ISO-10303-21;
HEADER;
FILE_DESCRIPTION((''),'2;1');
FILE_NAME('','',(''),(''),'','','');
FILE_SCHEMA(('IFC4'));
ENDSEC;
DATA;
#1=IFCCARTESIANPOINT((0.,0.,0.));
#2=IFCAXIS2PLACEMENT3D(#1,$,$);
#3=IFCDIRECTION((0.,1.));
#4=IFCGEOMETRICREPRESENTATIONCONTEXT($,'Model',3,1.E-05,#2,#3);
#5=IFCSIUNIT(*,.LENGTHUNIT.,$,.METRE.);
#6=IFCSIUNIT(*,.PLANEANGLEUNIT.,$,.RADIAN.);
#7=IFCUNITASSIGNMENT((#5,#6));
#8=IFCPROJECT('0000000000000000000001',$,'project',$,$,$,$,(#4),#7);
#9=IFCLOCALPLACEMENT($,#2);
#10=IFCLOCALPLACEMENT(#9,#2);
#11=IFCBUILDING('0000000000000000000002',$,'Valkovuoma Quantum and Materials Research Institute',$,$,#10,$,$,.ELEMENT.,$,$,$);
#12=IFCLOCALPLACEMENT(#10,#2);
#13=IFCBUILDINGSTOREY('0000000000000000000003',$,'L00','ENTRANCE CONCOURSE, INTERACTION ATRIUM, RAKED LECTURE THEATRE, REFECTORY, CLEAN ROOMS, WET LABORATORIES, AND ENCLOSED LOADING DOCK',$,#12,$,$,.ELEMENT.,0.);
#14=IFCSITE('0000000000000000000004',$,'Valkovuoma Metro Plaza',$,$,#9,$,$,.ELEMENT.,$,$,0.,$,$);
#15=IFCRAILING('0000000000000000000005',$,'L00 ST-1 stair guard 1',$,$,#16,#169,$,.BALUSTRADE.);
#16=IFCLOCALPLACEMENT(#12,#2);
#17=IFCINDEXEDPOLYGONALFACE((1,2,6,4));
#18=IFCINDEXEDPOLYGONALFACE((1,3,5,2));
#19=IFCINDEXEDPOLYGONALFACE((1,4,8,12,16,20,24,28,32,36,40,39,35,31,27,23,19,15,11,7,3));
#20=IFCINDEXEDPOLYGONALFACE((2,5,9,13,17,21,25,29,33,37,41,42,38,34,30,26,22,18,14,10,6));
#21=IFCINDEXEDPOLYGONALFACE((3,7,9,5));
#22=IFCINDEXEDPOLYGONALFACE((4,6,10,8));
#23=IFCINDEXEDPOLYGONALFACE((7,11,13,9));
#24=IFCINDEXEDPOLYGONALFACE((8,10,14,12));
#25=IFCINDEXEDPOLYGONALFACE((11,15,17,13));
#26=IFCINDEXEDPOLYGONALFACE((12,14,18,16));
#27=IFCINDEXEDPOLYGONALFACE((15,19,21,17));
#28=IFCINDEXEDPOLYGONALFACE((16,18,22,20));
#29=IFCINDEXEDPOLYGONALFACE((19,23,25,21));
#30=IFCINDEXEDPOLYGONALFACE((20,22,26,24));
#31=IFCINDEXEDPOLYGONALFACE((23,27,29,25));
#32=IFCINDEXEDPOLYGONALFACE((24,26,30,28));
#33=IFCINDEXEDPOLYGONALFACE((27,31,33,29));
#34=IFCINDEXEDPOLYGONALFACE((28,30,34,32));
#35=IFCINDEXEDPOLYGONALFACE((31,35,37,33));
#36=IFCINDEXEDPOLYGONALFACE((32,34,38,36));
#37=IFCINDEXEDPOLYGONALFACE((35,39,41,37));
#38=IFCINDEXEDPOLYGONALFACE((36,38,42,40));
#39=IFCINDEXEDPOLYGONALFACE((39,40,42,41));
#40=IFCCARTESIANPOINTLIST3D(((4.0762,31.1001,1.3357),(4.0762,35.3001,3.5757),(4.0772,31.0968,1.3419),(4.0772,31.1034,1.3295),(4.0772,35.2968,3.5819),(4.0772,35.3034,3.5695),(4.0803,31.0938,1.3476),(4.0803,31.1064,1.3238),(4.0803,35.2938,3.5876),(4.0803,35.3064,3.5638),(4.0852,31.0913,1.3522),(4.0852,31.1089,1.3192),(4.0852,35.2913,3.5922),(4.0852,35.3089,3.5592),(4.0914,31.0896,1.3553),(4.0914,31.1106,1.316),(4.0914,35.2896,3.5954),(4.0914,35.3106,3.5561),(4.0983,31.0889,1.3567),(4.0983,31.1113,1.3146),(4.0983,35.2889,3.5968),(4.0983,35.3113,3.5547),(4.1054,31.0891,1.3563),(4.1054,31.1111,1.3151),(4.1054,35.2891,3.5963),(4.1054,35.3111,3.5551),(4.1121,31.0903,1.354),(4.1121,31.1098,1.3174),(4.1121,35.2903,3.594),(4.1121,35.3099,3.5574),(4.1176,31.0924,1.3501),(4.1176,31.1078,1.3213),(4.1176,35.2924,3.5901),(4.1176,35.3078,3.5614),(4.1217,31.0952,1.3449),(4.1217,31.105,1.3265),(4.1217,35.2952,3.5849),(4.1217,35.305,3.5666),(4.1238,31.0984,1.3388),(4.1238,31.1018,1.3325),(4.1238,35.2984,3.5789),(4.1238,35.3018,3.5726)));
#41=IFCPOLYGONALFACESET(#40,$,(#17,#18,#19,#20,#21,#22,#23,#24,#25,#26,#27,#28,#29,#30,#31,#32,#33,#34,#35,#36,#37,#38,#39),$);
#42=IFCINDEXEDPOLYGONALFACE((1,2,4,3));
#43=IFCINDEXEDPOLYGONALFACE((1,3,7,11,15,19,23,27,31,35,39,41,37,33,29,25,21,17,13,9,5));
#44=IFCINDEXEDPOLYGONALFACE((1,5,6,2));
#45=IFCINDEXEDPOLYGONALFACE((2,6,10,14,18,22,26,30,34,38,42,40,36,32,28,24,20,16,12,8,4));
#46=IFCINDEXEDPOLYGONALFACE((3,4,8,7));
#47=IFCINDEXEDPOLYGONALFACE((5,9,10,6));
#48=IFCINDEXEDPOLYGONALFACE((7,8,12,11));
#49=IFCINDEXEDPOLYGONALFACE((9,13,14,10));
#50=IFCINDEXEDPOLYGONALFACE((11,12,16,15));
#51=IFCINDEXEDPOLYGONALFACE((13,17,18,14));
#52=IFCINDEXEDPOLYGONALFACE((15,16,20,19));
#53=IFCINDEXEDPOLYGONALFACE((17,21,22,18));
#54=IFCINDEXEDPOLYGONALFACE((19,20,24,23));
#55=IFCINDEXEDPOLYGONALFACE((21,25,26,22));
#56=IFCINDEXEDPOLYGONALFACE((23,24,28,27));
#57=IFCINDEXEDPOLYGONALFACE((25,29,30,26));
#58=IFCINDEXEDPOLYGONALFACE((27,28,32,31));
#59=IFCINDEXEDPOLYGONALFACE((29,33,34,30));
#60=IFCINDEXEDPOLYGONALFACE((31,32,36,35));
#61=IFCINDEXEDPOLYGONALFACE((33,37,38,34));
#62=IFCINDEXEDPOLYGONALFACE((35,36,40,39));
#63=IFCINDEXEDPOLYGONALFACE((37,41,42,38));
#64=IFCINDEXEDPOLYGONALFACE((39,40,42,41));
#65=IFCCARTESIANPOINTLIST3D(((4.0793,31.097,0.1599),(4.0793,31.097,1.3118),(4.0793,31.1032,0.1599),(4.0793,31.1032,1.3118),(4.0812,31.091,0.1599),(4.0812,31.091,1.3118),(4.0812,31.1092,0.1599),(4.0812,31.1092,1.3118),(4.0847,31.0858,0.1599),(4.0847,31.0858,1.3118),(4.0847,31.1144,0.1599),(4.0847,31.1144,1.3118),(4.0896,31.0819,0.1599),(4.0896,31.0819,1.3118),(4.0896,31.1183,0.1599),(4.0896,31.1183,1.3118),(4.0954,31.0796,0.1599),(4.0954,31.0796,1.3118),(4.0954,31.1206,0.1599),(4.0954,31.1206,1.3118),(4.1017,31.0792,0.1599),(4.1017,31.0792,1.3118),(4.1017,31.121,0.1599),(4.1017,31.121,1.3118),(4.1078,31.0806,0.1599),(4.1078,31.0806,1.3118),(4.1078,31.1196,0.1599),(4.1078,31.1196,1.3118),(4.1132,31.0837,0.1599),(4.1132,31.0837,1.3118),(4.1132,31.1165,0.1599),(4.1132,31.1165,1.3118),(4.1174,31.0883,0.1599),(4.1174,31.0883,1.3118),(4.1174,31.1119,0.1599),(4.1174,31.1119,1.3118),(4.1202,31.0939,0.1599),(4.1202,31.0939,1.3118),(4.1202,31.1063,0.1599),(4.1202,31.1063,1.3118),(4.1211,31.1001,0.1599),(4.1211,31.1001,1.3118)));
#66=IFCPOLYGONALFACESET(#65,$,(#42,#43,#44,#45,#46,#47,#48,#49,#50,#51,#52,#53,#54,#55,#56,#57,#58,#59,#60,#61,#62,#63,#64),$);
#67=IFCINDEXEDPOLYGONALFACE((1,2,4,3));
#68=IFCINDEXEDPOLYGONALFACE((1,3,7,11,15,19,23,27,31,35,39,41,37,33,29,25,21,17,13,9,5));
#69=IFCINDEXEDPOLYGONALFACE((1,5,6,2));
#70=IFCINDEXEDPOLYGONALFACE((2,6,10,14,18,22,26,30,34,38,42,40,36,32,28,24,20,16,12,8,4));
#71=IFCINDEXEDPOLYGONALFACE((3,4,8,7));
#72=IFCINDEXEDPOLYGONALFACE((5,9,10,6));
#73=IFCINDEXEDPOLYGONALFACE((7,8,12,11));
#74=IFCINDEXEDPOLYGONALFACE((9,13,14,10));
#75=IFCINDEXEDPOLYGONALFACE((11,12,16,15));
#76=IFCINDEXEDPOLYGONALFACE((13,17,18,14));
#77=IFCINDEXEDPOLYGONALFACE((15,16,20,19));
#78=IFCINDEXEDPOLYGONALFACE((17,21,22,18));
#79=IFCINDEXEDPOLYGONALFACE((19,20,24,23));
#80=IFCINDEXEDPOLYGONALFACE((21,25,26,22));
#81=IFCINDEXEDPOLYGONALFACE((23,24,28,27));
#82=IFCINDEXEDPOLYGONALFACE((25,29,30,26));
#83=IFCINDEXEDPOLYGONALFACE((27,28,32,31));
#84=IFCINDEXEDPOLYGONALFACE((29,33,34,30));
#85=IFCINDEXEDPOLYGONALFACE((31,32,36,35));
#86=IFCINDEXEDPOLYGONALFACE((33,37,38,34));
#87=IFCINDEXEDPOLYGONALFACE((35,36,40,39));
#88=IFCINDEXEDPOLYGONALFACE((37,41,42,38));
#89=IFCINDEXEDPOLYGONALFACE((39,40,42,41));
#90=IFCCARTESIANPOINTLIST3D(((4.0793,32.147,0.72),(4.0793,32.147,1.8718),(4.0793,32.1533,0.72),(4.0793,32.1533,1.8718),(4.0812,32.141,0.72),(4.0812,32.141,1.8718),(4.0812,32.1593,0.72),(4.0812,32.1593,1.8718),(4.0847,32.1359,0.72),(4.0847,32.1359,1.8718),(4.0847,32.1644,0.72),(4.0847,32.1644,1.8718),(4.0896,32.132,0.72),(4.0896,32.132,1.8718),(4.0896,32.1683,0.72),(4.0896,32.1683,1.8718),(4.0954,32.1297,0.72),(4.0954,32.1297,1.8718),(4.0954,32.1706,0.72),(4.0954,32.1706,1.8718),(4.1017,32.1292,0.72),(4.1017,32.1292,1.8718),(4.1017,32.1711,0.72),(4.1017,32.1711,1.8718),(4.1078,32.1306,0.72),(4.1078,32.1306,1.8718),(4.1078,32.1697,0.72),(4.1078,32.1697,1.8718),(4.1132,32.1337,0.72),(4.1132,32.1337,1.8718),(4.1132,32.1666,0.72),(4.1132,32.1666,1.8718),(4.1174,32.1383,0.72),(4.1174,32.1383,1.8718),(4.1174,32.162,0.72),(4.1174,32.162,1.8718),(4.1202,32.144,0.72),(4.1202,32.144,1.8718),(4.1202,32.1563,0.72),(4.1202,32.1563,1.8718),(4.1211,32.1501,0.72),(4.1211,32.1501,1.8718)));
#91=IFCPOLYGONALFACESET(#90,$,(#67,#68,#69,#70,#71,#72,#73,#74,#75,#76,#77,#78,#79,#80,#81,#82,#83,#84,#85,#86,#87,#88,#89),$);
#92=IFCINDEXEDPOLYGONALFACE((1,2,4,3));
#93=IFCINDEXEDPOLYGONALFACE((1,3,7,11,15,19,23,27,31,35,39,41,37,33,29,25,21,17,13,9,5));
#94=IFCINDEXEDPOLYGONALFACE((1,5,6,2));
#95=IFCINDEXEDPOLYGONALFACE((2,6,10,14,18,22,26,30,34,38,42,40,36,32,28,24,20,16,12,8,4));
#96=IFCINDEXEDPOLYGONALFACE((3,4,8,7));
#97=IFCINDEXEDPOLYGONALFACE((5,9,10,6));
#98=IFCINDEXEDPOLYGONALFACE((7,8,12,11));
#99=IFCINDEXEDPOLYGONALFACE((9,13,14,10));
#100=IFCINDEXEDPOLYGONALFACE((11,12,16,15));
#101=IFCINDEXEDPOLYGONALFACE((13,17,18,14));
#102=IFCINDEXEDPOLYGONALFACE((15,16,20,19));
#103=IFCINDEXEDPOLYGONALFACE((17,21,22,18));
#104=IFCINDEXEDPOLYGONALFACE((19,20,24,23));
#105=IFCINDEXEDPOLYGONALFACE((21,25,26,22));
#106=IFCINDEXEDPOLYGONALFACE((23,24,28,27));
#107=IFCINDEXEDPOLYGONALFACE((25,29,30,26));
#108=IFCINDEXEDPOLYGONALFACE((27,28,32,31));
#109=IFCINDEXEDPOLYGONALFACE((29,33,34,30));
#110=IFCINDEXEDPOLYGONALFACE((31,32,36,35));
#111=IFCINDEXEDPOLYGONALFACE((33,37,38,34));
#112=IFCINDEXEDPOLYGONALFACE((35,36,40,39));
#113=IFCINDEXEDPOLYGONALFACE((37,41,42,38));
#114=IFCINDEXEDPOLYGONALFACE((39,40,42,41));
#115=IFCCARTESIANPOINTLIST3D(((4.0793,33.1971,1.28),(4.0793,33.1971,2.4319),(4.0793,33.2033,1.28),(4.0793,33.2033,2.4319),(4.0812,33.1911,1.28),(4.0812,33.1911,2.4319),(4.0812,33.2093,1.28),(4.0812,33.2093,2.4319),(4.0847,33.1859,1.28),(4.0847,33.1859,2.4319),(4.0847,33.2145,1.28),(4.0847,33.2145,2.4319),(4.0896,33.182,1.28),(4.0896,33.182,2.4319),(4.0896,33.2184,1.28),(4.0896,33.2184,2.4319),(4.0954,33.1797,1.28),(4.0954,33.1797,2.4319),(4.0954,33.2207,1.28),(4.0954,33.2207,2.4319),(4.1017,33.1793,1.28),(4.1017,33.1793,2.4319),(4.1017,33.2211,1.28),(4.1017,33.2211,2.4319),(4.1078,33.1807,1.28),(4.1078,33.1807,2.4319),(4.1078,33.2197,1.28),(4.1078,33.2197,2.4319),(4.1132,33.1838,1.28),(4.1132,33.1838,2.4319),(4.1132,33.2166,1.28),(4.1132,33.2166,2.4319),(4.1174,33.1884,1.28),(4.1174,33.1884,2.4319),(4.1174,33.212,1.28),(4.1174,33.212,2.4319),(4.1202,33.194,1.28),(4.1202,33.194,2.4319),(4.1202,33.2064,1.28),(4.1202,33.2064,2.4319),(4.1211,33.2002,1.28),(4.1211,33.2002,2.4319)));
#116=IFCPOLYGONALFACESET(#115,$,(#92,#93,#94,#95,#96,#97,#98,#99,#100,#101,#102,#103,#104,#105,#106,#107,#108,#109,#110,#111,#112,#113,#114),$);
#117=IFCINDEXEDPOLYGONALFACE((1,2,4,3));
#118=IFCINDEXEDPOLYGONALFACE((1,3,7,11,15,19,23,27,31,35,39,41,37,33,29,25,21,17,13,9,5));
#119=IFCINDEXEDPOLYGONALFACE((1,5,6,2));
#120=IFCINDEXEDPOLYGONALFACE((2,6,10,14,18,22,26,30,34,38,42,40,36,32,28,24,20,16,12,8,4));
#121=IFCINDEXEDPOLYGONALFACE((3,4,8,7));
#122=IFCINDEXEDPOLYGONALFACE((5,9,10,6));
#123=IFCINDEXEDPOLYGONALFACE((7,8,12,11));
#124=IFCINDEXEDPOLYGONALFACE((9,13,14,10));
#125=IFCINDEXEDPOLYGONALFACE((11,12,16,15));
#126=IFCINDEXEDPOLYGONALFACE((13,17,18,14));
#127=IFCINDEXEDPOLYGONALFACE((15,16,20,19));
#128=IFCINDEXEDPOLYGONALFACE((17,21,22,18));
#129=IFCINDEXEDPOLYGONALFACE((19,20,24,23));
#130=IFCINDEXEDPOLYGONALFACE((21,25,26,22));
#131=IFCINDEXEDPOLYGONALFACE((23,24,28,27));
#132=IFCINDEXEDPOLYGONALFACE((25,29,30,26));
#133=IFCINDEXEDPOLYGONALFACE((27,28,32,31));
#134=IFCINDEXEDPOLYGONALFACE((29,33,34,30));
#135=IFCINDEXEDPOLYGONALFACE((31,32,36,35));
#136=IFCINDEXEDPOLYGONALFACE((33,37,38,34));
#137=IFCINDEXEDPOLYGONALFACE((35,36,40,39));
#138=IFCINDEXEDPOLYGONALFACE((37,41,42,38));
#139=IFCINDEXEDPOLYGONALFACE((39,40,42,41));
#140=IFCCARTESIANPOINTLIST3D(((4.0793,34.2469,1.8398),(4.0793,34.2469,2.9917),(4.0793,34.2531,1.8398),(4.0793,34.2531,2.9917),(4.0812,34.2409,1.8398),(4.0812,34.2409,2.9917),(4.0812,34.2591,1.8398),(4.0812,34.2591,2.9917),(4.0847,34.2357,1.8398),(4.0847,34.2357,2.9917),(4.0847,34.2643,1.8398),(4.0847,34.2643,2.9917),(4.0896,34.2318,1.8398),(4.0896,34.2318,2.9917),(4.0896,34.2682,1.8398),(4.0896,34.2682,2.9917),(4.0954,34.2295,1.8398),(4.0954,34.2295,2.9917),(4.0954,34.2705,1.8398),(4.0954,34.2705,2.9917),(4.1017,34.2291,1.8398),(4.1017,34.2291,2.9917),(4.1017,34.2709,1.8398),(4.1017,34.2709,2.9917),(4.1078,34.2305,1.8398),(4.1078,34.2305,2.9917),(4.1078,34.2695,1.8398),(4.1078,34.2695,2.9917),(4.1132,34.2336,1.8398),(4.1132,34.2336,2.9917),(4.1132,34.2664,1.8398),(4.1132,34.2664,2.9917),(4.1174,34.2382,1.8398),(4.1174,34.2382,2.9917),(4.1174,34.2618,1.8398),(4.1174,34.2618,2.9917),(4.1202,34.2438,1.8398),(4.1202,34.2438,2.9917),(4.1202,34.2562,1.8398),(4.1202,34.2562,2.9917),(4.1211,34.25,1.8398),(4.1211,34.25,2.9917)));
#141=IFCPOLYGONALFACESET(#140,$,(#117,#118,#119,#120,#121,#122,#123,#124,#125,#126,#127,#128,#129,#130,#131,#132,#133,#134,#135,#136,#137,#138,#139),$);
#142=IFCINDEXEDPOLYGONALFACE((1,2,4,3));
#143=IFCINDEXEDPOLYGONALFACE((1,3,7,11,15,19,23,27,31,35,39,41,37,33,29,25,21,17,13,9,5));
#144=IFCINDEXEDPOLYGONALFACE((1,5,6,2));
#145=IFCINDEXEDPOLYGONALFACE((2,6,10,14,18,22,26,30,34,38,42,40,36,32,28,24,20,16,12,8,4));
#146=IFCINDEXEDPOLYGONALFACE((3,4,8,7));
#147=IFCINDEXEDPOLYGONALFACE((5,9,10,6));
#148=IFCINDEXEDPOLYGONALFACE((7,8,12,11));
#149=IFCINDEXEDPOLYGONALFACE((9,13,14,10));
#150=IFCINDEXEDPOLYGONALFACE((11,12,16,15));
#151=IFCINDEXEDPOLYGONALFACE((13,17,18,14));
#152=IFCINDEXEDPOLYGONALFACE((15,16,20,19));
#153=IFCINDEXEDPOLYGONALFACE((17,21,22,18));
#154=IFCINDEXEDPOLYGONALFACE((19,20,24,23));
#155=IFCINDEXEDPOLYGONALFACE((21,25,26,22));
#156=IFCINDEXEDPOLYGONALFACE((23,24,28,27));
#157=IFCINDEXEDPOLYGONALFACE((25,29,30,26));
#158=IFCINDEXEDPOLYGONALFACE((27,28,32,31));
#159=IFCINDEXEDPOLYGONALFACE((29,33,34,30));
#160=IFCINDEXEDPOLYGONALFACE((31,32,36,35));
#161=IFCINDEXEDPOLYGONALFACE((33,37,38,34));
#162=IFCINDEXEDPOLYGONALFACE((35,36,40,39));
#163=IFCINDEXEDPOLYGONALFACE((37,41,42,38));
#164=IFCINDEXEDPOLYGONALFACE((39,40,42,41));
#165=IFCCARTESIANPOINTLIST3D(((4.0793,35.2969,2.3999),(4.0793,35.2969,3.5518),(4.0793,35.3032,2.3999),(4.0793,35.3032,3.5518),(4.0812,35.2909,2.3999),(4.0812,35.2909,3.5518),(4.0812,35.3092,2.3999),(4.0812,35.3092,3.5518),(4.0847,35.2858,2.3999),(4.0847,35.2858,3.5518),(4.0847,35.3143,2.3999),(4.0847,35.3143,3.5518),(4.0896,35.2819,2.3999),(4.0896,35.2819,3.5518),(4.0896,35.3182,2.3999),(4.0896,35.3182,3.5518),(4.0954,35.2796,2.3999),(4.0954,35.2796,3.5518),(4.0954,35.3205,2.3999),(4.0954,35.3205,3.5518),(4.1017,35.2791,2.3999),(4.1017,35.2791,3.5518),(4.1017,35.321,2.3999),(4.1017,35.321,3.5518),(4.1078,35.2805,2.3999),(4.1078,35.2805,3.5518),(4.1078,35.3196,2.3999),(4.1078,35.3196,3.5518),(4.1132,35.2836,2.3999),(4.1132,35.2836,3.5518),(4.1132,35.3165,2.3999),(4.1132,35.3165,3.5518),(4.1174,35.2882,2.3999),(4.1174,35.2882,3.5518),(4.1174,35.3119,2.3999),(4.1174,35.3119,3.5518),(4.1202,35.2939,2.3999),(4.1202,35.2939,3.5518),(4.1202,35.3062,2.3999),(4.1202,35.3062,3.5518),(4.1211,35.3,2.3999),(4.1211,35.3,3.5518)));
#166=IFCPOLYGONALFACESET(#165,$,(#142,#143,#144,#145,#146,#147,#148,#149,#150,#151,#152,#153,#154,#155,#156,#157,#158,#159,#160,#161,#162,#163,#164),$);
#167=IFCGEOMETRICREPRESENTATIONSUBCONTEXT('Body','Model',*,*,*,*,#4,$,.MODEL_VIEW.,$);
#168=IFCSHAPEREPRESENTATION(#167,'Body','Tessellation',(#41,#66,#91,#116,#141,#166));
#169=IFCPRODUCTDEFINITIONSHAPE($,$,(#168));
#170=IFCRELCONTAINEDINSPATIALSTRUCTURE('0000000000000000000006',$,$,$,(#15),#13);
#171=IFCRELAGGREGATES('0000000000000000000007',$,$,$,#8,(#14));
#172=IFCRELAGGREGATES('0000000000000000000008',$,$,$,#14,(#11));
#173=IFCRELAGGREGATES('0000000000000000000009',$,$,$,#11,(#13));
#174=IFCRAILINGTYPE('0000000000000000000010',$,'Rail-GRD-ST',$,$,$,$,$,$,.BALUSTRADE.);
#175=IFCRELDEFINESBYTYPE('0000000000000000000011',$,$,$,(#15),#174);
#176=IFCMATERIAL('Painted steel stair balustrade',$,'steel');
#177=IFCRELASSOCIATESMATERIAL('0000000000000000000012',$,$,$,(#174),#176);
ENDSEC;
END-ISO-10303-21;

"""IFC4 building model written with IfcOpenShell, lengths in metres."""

from ifc_helpers import new_model, si_unit, direction, frame, origin, origin_2d, place, context, subcontext, project, spatial, circle, extrude, material, type_object, element, save


model = new_model("IFC4")

# Units and contexts
model_context = context("Model", 3, precision=1e-05, world=origin(), true_north=direction((0.0, 1.0)))
body_context = subcontext(model_context, "Body", "Model", "MODEL_VIEW")
ifc_project = project(units=[si_unit("LENGTHUNIT", "METRE"), si_unit("PLANEANGLEUNIT", "RADIAN")], contexts=[model_context])

# Site, building, storey
site_placement = place(None, origin())
site = spatial("IfcSite", under=ifc_project, at=site_placement, Name="Valkovuoma Metro Plaza", CompositionType="ELEMENT", RefElevation=0.0)
building_placement = place(site_placement, origin())
building = spatial("IfcBuilding", under=site, at=building_placement, Name="Valkovuoma Quantum and Materials Research Institute", CompositionType="ELEMENT")
storey_placement = place(building_placement, origin())
storey = spatial("IfcBuildingStorey", under=building, at=storey_placement, Name="L00", Description="ENTRANCE CONCOURSE, INTERACTION ATRIUM, RAKED LECTURE THEATRE, REFECTORY, CLEAN ROOMS, WET LABORATORIES, AND ENCLOSED LOADING DOCK", CompositionType="ELEMENT", Elevation=0.0)

# Railing
ifc_material_1 = material(Name="Painted steel stair balustrade", Category="steel")
railing_type_1 = type_object("IfcRailingType", Name="Rail-GRD-ST", PredefinedType="BALUSTRADE", material=ifc_material_1)
railing_1_placement = place(storey_placement, frame((4.1001, 31.1001, 0.1599)))
element("IfcRailing", 1, at=railing_1_placement, inside=storey, type_object=railing_type_1, Name="L00 ST-1 stair guard 1", PredefinedType="BALUSTRADE", context=body_context, shape_type="SweptSolid", body=[
    extrude(circle(Radius=0.0239, at=origin_2d()), frame((0.0, 0.0, 1.1758), z_axis=(0.0, 0.882352, 0.470591), x_axis=(-1.0, 0.0, 0.0)), (0.0, 0.0, 1.0), 4.76),
    extrude(circle(Radius=0.021, at=origin_2d()), origin(), (0.0, 0.0, 1.0), 1.1519),
    extrude(circle(Radius=0.021, at=origin_2d()), frame((0.0, 1.05, 0.5601)), (0.0, 0.0, 1.0), 1.1519),
    extrude(circle(Radius=0.021, at=origin_2d()), frame((0.0, 2.1001, 1.1201)), (0.0, 0.0, 1.0), 1.1519),
    extrude(circle(Radius=0.021, at=origin_2d()), frame((0.0, 3.1499, 1.6799)), (0.0, 0.0, 1.0), 1.1519),
    extrude(circle(Radius=0.021, at=origin_2d()), frame((0.0, 4.2, 2.24)), (0.0, 0.0, 1.0), 1.1519),
])

save(model, "model.ifc")
